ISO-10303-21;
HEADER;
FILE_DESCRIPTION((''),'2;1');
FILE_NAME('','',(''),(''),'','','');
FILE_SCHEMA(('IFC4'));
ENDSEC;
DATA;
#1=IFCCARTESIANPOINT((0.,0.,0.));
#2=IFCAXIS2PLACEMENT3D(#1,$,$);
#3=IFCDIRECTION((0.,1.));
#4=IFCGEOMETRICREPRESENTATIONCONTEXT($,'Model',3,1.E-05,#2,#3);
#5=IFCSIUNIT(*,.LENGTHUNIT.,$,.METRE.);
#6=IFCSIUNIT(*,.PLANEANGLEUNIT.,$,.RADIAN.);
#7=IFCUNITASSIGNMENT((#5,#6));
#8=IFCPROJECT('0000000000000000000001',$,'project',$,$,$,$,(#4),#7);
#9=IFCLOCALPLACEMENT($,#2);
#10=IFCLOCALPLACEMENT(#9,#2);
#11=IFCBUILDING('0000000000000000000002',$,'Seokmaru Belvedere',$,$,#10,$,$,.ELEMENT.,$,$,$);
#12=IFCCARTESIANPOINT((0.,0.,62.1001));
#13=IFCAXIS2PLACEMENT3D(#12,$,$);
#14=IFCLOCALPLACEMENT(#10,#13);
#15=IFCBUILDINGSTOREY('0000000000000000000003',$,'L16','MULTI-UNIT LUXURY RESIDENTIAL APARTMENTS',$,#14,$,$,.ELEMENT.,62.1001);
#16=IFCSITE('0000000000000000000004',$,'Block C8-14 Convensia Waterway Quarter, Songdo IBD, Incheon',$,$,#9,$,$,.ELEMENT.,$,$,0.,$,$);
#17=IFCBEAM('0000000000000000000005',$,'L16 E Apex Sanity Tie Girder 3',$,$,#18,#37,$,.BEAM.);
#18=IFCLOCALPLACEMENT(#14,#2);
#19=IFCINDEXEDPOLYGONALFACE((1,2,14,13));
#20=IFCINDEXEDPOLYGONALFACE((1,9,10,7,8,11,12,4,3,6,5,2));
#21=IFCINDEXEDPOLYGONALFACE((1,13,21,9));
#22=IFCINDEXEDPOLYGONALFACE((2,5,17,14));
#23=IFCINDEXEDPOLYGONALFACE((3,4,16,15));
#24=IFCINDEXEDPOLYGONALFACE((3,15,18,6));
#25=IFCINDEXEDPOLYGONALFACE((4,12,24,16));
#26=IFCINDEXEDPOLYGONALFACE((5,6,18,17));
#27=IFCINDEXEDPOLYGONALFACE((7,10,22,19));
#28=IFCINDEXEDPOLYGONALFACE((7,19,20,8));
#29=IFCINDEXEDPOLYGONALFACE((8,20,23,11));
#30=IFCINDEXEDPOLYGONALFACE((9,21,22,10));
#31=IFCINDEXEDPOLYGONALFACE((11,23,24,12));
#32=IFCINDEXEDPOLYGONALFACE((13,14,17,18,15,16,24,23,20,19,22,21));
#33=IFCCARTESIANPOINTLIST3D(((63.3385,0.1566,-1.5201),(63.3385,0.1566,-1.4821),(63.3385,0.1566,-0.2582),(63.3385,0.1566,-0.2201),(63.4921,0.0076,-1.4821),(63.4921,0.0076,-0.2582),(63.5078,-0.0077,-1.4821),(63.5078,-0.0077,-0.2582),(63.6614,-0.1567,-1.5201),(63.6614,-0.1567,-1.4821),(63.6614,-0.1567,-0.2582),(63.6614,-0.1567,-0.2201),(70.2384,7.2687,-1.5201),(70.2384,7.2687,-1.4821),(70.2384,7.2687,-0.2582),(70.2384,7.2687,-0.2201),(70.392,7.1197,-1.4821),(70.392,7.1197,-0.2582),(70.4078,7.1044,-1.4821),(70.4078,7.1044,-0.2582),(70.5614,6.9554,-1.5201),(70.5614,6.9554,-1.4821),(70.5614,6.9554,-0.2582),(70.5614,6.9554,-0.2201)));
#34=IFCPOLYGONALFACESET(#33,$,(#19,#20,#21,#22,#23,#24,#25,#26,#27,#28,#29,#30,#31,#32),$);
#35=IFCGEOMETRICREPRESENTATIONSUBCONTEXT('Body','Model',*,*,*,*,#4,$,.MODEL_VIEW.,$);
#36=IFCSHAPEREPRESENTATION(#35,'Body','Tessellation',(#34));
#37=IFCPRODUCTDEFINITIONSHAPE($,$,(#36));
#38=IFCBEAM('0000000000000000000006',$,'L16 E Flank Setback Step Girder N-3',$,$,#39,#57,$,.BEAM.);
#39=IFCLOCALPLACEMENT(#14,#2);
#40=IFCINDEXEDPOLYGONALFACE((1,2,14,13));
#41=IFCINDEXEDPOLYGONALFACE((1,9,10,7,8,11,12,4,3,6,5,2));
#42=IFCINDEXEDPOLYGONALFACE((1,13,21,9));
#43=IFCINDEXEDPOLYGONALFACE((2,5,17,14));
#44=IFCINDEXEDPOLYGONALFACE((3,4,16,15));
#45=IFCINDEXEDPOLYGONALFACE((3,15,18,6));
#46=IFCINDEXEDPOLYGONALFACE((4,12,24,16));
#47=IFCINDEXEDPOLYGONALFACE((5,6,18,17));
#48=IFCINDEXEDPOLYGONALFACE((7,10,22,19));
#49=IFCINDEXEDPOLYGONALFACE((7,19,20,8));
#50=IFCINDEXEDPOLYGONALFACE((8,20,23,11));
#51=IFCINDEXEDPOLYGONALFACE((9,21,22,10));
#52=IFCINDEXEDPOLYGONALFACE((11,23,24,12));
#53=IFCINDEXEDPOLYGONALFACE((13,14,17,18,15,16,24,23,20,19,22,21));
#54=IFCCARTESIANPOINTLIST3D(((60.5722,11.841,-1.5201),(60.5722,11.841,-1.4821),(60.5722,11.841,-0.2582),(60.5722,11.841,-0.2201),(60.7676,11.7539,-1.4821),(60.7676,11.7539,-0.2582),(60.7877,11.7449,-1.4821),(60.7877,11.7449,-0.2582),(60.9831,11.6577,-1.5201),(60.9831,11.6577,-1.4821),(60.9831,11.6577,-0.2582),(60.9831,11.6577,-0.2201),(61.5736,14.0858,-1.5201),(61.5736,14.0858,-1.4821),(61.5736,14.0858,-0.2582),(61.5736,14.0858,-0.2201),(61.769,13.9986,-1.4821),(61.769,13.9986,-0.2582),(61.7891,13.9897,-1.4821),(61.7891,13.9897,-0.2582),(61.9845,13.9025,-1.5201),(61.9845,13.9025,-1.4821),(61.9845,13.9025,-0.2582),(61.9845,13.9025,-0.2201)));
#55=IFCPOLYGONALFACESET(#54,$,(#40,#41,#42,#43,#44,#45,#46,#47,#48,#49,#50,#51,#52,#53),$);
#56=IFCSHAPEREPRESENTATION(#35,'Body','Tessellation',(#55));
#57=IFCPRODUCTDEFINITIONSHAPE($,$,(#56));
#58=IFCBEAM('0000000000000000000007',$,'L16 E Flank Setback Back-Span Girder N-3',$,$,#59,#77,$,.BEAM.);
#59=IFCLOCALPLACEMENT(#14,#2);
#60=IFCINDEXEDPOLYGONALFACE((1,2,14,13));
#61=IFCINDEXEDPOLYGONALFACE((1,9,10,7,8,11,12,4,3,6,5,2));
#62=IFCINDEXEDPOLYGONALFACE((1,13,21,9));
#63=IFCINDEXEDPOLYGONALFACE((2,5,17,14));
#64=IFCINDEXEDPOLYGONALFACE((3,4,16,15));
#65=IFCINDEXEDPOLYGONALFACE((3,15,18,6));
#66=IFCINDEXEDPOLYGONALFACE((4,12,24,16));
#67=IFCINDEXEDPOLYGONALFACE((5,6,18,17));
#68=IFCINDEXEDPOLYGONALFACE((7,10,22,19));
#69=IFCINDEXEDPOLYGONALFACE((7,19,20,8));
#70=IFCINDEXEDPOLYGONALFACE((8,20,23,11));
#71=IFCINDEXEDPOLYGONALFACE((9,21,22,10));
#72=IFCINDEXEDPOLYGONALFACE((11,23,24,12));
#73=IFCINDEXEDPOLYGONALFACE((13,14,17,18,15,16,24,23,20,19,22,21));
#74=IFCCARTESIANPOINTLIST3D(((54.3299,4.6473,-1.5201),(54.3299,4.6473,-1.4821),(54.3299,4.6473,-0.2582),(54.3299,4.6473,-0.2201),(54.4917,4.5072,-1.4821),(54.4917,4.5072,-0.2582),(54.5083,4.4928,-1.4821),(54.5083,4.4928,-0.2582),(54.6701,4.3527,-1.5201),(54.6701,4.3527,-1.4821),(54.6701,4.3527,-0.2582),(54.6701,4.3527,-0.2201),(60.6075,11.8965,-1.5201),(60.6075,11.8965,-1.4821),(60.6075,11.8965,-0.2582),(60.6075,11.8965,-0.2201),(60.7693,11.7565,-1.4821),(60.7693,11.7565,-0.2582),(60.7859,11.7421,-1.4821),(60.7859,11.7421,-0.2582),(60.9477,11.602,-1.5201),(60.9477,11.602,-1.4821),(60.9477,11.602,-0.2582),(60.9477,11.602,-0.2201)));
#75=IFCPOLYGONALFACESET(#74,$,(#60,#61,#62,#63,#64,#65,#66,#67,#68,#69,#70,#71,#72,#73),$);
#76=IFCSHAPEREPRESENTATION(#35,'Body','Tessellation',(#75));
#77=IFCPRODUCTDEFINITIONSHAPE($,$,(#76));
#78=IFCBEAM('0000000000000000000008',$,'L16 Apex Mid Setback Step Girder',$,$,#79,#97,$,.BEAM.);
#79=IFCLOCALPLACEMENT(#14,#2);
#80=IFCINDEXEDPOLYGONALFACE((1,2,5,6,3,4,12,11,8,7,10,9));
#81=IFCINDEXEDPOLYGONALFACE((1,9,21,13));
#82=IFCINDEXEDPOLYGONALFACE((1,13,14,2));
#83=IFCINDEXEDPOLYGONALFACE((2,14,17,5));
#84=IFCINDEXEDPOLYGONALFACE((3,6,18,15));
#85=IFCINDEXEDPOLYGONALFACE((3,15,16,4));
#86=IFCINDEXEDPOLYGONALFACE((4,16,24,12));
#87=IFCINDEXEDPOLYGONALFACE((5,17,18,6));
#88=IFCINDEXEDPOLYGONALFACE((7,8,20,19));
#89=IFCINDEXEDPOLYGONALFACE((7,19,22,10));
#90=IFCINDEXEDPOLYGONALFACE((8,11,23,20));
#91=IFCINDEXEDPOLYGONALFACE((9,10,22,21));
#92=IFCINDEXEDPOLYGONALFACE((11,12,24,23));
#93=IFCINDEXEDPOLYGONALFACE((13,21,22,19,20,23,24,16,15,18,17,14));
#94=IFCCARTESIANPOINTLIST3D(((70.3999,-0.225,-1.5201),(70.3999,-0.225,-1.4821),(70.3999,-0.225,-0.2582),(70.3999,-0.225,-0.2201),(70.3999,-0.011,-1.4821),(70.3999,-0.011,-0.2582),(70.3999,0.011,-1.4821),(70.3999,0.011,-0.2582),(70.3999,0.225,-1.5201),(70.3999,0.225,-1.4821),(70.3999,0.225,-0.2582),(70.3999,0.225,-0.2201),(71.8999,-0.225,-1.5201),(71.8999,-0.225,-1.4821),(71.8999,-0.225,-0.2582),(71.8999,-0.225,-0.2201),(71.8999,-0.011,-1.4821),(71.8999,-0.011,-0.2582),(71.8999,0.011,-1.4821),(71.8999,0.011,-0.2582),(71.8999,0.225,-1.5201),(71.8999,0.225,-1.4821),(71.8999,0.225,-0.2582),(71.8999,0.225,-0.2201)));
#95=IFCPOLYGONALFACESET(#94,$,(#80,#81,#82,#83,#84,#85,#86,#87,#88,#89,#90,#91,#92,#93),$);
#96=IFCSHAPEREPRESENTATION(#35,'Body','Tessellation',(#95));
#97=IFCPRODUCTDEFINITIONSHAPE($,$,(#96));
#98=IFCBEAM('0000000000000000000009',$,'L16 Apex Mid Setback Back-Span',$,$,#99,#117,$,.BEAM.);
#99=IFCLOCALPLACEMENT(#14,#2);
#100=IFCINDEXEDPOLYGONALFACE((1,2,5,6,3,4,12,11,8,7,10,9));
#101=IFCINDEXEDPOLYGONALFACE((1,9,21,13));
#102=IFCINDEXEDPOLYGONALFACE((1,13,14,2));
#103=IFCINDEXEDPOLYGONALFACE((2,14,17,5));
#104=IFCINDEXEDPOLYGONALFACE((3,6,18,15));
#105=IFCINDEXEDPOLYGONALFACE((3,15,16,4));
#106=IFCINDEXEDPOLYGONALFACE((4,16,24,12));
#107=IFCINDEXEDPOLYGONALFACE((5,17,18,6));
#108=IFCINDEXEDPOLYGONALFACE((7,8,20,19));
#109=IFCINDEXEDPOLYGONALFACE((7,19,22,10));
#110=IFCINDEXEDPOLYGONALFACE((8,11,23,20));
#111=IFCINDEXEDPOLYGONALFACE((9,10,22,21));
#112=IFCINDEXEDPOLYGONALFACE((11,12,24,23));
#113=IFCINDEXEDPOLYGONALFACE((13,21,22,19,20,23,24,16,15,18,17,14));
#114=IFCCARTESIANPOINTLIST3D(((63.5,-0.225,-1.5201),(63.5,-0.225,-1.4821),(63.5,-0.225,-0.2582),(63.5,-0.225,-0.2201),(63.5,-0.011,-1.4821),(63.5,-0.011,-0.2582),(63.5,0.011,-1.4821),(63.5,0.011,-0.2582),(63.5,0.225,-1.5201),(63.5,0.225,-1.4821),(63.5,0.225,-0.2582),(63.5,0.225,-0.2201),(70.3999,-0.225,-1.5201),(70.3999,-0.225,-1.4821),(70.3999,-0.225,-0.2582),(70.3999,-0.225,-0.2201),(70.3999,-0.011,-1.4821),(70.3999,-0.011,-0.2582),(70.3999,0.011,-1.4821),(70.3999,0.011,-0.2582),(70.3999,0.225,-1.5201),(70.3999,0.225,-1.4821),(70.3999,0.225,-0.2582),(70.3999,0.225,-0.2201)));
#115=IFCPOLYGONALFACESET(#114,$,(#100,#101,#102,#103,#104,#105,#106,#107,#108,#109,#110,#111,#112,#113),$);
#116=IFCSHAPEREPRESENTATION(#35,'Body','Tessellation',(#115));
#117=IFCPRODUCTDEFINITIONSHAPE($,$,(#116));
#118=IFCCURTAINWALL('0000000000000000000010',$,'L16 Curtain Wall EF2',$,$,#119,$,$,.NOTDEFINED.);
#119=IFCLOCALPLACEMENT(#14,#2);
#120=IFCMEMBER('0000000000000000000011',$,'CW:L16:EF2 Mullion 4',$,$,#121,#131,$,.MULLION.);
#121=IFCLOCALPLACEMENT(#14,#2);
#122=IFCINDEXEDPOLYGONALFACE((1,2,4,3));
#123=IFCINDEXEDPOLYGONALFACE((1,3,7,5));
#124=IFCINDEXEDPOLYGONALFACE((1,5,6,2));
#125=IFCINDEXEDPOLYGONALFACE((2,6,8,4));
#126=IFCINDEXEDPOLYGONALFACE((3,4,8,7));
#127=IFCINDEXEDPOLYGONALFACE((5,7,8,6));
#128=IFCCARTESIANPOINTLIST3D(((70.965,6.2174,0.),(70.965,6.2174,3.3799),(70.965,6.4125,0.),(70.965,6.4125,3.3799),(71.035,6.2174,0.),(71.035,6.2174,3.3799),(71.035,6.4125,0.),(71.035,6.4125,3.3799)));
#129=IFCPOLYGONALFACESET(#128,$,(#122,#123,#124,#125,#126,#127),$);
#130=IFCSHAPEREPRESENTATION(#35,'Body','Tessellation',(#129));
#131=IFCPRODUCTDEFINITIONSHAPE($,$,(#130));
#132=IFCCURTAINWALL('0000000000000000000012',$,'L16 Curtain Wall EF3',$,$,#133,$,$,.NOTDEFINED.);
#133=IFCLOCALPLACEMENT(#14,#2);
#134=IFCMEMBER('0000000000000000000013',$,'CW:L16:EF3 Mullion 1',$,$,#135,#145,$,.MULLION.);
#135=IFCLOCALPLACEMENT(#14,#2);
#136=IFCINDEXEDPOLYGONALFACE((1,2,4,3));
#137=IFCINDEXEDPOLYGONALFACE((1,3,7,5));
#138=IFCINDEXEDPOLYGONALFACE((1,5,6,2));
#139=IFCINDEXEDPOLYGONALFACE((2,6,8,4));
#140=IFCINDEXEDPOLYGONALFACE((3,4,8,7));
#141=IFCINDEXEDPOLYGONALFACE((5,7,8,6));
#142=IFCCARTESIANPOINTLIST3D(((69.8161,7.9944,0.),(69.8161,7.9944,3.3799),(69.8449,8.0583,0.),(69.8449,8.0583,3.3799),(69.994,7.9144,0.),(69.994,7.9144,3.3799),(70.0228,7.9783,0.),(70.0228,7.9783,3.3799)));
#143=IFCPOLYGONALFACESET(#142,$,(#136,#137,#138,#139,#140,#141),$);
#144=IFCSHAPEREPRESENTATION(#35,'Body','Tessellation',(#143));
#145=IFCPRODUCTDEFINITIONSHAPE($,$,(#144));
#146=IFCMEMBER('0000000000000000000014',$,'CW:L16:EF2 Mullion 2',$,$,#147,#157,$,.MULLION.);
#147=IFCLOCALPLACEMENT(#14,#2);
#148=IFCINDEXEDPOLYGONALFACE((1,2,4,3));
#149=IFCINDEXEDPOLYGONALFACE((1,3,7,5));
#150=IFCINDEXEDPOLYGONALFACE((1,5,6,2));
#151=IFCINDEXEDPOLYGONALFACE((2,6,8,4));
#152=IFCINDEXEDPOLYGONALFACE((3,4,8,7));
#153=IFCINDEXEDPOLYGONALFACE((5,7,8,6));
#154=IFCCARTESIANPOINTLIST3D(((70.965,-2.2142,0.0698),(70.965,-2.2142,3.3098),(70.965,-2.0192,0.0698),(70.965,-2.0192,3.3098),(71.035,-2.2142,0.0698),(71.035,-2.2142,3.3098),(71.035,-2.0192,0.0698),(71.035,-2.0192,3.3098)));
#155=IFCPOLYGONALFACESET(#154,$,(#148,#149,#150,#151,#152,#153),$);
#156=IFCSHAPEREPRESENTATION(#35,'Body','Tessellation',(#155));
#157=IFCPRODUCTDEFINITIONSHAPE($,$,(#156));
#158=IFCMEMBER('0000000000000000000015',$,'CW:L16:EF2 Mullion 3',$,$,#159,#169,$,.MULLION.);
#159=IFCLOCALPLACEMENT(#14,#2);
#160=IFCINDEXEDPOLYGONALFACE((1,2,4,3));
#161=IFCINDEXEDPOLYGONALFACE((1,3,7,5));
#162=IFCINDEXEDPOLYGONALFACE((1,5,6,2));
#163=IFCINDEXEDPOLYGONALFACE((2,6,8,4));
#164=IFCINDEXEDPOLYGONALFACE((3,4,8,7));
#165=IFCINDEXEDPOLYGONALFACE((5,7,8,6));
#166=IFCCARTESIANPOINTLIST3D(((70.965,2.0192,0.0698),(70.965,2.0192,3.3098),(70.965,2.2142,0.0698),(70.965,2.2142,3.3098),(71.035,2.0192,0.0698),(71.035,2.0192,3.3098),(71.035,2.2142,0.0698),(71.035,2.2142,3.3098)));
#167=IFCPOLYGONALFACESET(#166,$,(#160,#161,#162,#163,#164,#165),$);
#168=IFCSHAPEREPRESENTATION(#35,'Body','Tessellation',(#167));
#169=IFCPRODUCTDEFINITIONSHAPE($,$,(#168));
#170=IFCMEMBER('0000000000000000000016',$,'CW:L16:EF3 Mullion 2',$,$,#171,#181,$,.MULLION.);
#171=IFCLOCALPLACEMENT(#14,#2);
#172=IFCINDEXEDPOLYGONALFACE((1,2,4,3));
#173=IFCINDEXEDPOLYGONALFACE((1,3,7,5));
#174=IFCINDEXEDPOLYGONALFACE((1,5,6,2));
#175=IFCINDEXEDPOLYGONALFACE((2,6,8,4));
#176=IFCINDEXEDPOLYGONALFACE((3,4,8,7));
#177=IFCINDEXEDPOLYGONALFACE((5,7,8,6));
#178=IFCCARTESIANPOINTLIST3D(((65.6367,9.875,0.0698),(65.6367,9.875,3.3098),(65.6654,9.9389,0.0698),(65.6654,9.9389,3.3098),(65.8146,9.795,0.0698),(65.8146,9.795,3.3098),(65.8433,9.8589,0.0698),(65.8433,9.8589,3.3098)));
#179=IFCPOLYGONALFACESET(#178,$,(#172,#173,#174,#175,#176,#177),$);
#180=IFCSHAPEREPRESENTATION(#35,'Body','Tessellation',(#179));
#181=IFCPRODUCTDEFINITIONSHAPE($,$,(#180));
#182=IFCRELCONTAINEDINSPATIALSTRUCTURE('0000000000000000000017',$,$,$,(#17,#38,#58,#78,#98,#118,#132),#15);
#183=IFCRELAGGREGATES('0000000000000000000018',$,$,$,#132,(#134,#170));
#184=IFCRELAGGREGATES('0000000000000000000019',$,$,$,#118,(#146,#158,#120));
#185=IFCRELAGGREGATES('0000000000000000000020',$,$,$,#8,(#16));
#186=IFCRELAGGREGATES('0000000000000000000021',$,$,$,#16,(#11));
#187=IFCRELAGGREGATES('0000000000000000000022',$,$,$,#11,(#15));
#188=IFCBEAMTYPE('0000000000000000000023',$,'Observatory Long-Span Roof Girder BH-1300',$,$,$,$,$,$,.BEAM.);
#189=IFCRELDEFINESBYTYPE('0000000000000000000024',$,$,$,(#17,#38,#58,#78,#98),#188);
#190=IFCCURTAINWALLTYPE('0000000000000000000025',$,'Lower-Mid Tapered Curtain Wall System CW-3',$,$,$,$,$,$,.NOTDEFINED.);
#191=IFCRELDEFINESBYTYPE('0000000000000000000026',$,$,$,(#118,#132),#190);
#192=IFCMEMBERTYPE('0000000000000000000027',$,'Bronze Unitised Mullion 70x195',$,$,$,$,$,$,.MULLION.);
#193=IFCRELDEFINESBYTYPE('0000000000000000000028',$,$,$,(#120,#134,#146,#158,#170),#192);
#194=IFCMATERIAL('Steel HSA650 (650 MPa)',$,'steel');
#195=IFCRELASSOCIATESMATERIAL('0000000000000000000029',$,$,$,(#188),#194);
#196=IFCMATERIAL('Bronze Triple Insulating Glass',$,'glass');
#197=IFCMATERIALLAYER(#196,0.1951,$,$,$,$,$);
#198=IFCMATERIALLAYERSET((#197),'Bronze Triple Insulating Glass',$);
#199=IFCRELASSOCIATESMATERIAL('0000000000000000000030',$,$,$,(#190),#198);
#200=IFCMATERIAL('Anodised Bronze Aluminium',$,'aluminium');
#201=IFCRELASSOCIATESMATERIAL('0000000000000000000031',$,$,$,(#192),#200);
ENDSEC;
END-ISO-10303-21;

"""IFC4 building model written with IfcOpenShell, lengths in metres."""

from ifc_helpers import new_model, si_unit, direction, frame, origin, origin_2d, place, context, subcontext, project, spatial, rectangle, i_section, extrude, source, transform, mapped, material, layer, layer_set, material_profile, profile_set, type_object, type_shapes, element, aggregate, save


model = new_model("IFC4")

# Units and contexts
model_context = context("Model", 3, precision=1e-05, world=origin(), true_north=direction((0.0, 1.0)))
body_context = subcontext(model_context, "Body", "Model", "MODEL_VIEW")
ifc_project = project(units=[si_unit("LENGTHUNIT", "METRE"), si_unit("PLANEANGLEUNIT", "RADIAN")], contexts=[model_context])

# Site, building, storey
site_placement = place(None, origin())
site = spatial("IfcSite", under=ifc_project, at=site_placement, Name="Block C8-14 Convensia Waterway Quarter, Songdo IBD, Incheon", CompositionType="ELEMENT", RefElevation=0.0)
building_placement = place(site_placement, origin())
building = spatial("IfcBuilding", under=site, at=building_placement, Name="Seokmaru Belvedere", CompositionType="ELEMENT")
storey_placement = place(building_placement, frame((0.0, 0.0, 62.1001)))
storey = spatial("IfcBuildingStorey", under=building, at=storey_placement, Name="L16", Description="MULTI-UNIT LUXURY RESIDENTIAL APARTMENTS", CompositionType="ELEMENT", Elevation=62.1001)

# Beams
ifc_material_1 = material(Name="Steel HSA650 (650 MPa)", Category="steel")
ifc_material_profile_1 = material_profile(ifc_material_1, i_section(OverallWidth=0.45, OverallDepth=1.3, WebThickness=0.022, FlangeThickness=0.0381, at=origin_2d()), Name="BH-1300x450x22x38")
ifc_profile_set_1 = profile_set([ifc_material_profile_1], Name="Steel HSA650 (650 MPa)")
beam_type_1 = type_object("IfcBeamType", Name="Observatory Long-Span Roof Girder BH-1300", PredefinedType="BEAM", material=ifc_profile_set_1)
shared_shape_1 = source(origin(), body_context, "Body", "SweptSolid", [
    extrude(i_section(OverallWidth=0.45, OverallDepth=1.3, WebThickness=0.022, FlangeThickness=0.0381, at=origin_2d()), origin(), (0.0, 0.0, 1.0), 9.9092),
])
beam_1_placement = place(storey_placement, frame((70.3999, 7.1121, -0.8701), z_axis=(-0.696321, -0.717731, 0.0), x_axis=(0.717731, -0.696321, 0.0)))
element("IfcBeam", 1, at=beam_1_placement, inside=storey, type_object=beam_type_1, Name="L16 E Apex Sanity Tie Girder 3", PredefinedType="BEAM", context=body_context, shape_type="MappedRepresentation", body=[
    mapped(shared_shape_1, transform((0.0, 0.0, 0.0), scale=1.0)),
])
shared_shape_2 = source(origin(), body_context, "Body", "SweptSolid", [
    extrude(i_section(OverallWidth=0.45, OverallDepth=1.3, WebThickness=0.022, FlangeThickness=0.0381, at=origin_2d()), origin(), (0.0, 0.0, 1.0), 2.458),
])
beam_2_placement = place(storey_placement, frame((61.7791, 13.9941, -0.8701), z_axis=(-0.40741, -0.913245, 0.0), x_axis=(0.913245, -0.40741, 0.0)))
element("IfcBeam", 2, at=beam_2_placement, inside=storey, type_object=beam_type_1, Name="L16 E Flank Setback Step Girder N-3", PredefinedType="BEAM", context=body_context, shape_type="MappedRepresentation", body=[
    mapped(shared_shape_2, transform((0.0, 0.0, 0.0), scale=1.0)),
])
shared_shape_3 = source(origin(), body_context, "Body", "SweptSolid", [
    extrude(i_section(OverallWidth=0.45, OverallDepth=1.3, WebThickness=0.022, FlangeThickness=0.0381, at=origin_2d()), origin(), (0.0, 0.0, 1.0), 9.5896),
])
beam_3_placement = place(storey_placement, frame((60.7776, 11.7493, -0.8701), z_axis=(-0.654626, -0.755953, 0.0), x_axis=(0.755953, -0.654626, 0.0)))
element("IfcBeam", 3, at=beam_3_placement, inside=storey, type_object=beam_type_1, Name="L16 E Flank Setback Back-Span Girder N-3", PredefinedType="BEAM", context=body_context, shape_type="MappedRepresentation", body=[
    mapped(shared_shape_3, transform((0.0, 0.0, 0.0), scale=1.0)),
])
shared_shape_4 = source(origin(), body_context, "Body", "SweptSolid", [
    extrude(i_section(OverallWidth=0.45, OverallDepth=1.3, WebThickness=0.022, FlangeThickness=0.0381, at=origin_2d()), origin(), (0.0, 0.0, 1.0), 1.5),
])
beam_4_placement = place(storey_placement, frame((71.8999, 0.0, -0.8701), z_axis=(-1.0, 0.0, 0.0), x_axis=(0.0, -1.0, 0.0)))
element("IfcBeam", 4, at=beam_4_placement, inside=storey, type_object=beam_type_1, Name="L16 Apex Mid Setback Step Girder", PredefinedType="BEAM", context=body_context, shape_type="MappedRepresentation", body=[
    mapped(shared_shape_4, transform((0.0, 0.0, 0.0), scale=1.0)),
])
shared_shape_5 = source(origin(), body_context, "Body", "SweptSolid", [
    extrude(i_section(OverallWidth=0.45, OverallDepth=1.3, WebThickness=0.022, FlangeThickness=0.0381, at=origin_2d()), origin(), (0.0, 0.0, 1.0), 6.8999),
])
beam_5_placement = place(storey_placement, frame((70.3999, 0.0, -0.8701), z_axis=(-1.0, 0.0, 0.0), x_axis=(0.0, -1.0, 0.0)))
element("IfcBeam", 5, at=beam_5_placement, inside=storey, type_object=beam_type_1, Name="L16 Apex Mid Setback Back-Span", PredefinedType="BEAM", context=body_context, shape_type="MappedRepresentation", body=[
    mapped(shared_shape_5, transform((0.0, 0.0, 0.0), scale=1.0)),
])

# Curtain walls, members
ifc_material_2 = material(Name="Bronze Triple Insulating Glass", Category="glass")
ifc_layer_1 = layer(ifc_material_2, 0.1951)
ifc_layer_set_1 = layer_set([ifc_layer_1], Name="Bronze Triple Insulating Glass")
curtain_wall_type = type_object("IfcCurtainWallType", Name="Lower-Mid Tapered Curtain Wall System CW-3", PredefinedType="NOTDEFINED", material=ifc_layer_set_1)
curtain_wall_1_placement = place(storey_placement, origin())
curtain_wall_1 = element("IfcCurtainWall", 6, at=curtain_wall_1_placement, inside=storey, type_object=curtain_wall_type, Name="L16 Curtain Wall EF2", PredefinedType="NOTDEFINED")
ifc_material_3 = material(Name="Anodised Bronze Aluminium", Category="aluminium")
ifc_material_profile_2 = material_profile(ifc_material_3, rectangle(XDim=0.0701, YDim=0.1951, at=origin_2d()), Name="CW-M-70x195")
ifc_profile_set_2 = profile_set([ifc_material_profile_2], Name="Anodised Bronze Aluminium")
member_type_1 = type_object("IfcMemberType", Name="Bronze Unitised Mullion 70x195", PredefinedType="MULLION", material=ifc_profile_set_2)
shared_shape_6 = source(origin(), body_context, "Body", "SweptSolid", [
    extrude(rectangle(XDim=0.0701, YDim=0.1951, at=origin_2d()), origin(), (0.0, 0.0, 1.0), 3.3799),
])
member_1_placement = place(storey_placement, frame((71.0, 6.3149, 0.0), z_axis=(0.0, 0.0, 1.0), x_axis=(-1.0, 0.0, 0.0)))
member_1 = element("IfcMember", 7, at=member_1_placement, type_object=member_type_1, Name="CW:L16:EF2 Mullion 4", PredefinedType="MULLION", context=body_context, shape_type="MappedRepresentation", body=[
    mapped(shared_shape_6, transform((0.0, 0.0, 0.0), scale=1.0)),
])
curtain_wall_2_placement = place(storey_placement, origin())
curtain_wall_2 = element("IfcCurtainWall", 8, at=curtain_wall_2_placement, inside=storey, type_object=curtain_wall_type, Name="L16 Curtain Wall EF3", PredefinedType="NOTDEFINED")
member_2_placement = place(storey_placement, frame((69.9194, 7.9863, 0.0), z_axis=(0.0, 0.0, 1.0), x_axis=(-0.410366, -0.911921, 0.0)))
member_2 = element("IfcMember", 9, at=member_2_placement, type_object=member_type_1, Name="CW:L16:EF3 Mullion 1", PredefinedType="MULLION", context=body_context, shape_type="MappedRepresentation", body=[
    mapped(shared_shape_6, transform((0.0, 0.0, 0.0), scale=1.0)),
])

# Members
shared_shape_7 = source(origin(), body_context, "Body", "SweptSolid", [
    extrude(rectangle(XDim=0.0701, YDim=0.1951, at=origin_2d()), origin(), (0.0, 0.0, 1.0), 3.24),
])
type_shapes(member_type_1, [shared_shape_6, shared_shape_7])
member_3_placement = place(storey_placement, frame((71.0, -2.1167, 0.0698), z_axis=(0.0, 0.0, 1.0), x_axis=(-1.0, 0.0, 0.0)))
member_3 = element("IfcMember", 10, at=member_3_placement, type_object=member_type_1, Name="CW:L16:EF2 Mullion 2", PredefinedType="MULLION", context=body_context, shape_type="MappedRepresentation", body=[
    mapped(shared_shape_7, transform((0.0, 0.0, 0.0), scale=1.0)),
])
member_4_placement = place(storey_placement, frame((71.0, 2.1167, 0.0698), z_axis=(0.0, 0.0, 1.0), x_axis=(-1.0, 0.0, 0.0)))
member_4 = element("IfcMember", 11, at=member_4_placement, type_object=member_type_1, Name="CW:L16:EF2 Mullion 3", PredefinedType="MULLION", context=body_context, shape_type="MappedRepresentation", body=[
    mapped(shared_shape_7, transform((0.0, 0.0, 0.0), scale=1.0)),
])
member_5_placement = place(storey_placement, frame((65.74, 9.8669, 0.0698), z_axis=(0.0, 0.0, 1.0), x_axis=(-0.410366, -0.911921, 0.0)))
member_5 = element("IfcMember", 12, at=member_5_placement, type_object=member_type_1, Name="CW:L16:EF3 Mullion 2", PredefinedType="MULLION", context=body_context, shape_type="MappedRepresentation", body=[
    mapped(shared_shape_7, transform((0.0, 0.0, 0.0), scale=1.0)),
])

aggregate(curtain_wall_2, [member_2, member_5])
aggregate(curtain_wall_1, [member_3, member_4, member_1])

save(model, "model.ifc")
